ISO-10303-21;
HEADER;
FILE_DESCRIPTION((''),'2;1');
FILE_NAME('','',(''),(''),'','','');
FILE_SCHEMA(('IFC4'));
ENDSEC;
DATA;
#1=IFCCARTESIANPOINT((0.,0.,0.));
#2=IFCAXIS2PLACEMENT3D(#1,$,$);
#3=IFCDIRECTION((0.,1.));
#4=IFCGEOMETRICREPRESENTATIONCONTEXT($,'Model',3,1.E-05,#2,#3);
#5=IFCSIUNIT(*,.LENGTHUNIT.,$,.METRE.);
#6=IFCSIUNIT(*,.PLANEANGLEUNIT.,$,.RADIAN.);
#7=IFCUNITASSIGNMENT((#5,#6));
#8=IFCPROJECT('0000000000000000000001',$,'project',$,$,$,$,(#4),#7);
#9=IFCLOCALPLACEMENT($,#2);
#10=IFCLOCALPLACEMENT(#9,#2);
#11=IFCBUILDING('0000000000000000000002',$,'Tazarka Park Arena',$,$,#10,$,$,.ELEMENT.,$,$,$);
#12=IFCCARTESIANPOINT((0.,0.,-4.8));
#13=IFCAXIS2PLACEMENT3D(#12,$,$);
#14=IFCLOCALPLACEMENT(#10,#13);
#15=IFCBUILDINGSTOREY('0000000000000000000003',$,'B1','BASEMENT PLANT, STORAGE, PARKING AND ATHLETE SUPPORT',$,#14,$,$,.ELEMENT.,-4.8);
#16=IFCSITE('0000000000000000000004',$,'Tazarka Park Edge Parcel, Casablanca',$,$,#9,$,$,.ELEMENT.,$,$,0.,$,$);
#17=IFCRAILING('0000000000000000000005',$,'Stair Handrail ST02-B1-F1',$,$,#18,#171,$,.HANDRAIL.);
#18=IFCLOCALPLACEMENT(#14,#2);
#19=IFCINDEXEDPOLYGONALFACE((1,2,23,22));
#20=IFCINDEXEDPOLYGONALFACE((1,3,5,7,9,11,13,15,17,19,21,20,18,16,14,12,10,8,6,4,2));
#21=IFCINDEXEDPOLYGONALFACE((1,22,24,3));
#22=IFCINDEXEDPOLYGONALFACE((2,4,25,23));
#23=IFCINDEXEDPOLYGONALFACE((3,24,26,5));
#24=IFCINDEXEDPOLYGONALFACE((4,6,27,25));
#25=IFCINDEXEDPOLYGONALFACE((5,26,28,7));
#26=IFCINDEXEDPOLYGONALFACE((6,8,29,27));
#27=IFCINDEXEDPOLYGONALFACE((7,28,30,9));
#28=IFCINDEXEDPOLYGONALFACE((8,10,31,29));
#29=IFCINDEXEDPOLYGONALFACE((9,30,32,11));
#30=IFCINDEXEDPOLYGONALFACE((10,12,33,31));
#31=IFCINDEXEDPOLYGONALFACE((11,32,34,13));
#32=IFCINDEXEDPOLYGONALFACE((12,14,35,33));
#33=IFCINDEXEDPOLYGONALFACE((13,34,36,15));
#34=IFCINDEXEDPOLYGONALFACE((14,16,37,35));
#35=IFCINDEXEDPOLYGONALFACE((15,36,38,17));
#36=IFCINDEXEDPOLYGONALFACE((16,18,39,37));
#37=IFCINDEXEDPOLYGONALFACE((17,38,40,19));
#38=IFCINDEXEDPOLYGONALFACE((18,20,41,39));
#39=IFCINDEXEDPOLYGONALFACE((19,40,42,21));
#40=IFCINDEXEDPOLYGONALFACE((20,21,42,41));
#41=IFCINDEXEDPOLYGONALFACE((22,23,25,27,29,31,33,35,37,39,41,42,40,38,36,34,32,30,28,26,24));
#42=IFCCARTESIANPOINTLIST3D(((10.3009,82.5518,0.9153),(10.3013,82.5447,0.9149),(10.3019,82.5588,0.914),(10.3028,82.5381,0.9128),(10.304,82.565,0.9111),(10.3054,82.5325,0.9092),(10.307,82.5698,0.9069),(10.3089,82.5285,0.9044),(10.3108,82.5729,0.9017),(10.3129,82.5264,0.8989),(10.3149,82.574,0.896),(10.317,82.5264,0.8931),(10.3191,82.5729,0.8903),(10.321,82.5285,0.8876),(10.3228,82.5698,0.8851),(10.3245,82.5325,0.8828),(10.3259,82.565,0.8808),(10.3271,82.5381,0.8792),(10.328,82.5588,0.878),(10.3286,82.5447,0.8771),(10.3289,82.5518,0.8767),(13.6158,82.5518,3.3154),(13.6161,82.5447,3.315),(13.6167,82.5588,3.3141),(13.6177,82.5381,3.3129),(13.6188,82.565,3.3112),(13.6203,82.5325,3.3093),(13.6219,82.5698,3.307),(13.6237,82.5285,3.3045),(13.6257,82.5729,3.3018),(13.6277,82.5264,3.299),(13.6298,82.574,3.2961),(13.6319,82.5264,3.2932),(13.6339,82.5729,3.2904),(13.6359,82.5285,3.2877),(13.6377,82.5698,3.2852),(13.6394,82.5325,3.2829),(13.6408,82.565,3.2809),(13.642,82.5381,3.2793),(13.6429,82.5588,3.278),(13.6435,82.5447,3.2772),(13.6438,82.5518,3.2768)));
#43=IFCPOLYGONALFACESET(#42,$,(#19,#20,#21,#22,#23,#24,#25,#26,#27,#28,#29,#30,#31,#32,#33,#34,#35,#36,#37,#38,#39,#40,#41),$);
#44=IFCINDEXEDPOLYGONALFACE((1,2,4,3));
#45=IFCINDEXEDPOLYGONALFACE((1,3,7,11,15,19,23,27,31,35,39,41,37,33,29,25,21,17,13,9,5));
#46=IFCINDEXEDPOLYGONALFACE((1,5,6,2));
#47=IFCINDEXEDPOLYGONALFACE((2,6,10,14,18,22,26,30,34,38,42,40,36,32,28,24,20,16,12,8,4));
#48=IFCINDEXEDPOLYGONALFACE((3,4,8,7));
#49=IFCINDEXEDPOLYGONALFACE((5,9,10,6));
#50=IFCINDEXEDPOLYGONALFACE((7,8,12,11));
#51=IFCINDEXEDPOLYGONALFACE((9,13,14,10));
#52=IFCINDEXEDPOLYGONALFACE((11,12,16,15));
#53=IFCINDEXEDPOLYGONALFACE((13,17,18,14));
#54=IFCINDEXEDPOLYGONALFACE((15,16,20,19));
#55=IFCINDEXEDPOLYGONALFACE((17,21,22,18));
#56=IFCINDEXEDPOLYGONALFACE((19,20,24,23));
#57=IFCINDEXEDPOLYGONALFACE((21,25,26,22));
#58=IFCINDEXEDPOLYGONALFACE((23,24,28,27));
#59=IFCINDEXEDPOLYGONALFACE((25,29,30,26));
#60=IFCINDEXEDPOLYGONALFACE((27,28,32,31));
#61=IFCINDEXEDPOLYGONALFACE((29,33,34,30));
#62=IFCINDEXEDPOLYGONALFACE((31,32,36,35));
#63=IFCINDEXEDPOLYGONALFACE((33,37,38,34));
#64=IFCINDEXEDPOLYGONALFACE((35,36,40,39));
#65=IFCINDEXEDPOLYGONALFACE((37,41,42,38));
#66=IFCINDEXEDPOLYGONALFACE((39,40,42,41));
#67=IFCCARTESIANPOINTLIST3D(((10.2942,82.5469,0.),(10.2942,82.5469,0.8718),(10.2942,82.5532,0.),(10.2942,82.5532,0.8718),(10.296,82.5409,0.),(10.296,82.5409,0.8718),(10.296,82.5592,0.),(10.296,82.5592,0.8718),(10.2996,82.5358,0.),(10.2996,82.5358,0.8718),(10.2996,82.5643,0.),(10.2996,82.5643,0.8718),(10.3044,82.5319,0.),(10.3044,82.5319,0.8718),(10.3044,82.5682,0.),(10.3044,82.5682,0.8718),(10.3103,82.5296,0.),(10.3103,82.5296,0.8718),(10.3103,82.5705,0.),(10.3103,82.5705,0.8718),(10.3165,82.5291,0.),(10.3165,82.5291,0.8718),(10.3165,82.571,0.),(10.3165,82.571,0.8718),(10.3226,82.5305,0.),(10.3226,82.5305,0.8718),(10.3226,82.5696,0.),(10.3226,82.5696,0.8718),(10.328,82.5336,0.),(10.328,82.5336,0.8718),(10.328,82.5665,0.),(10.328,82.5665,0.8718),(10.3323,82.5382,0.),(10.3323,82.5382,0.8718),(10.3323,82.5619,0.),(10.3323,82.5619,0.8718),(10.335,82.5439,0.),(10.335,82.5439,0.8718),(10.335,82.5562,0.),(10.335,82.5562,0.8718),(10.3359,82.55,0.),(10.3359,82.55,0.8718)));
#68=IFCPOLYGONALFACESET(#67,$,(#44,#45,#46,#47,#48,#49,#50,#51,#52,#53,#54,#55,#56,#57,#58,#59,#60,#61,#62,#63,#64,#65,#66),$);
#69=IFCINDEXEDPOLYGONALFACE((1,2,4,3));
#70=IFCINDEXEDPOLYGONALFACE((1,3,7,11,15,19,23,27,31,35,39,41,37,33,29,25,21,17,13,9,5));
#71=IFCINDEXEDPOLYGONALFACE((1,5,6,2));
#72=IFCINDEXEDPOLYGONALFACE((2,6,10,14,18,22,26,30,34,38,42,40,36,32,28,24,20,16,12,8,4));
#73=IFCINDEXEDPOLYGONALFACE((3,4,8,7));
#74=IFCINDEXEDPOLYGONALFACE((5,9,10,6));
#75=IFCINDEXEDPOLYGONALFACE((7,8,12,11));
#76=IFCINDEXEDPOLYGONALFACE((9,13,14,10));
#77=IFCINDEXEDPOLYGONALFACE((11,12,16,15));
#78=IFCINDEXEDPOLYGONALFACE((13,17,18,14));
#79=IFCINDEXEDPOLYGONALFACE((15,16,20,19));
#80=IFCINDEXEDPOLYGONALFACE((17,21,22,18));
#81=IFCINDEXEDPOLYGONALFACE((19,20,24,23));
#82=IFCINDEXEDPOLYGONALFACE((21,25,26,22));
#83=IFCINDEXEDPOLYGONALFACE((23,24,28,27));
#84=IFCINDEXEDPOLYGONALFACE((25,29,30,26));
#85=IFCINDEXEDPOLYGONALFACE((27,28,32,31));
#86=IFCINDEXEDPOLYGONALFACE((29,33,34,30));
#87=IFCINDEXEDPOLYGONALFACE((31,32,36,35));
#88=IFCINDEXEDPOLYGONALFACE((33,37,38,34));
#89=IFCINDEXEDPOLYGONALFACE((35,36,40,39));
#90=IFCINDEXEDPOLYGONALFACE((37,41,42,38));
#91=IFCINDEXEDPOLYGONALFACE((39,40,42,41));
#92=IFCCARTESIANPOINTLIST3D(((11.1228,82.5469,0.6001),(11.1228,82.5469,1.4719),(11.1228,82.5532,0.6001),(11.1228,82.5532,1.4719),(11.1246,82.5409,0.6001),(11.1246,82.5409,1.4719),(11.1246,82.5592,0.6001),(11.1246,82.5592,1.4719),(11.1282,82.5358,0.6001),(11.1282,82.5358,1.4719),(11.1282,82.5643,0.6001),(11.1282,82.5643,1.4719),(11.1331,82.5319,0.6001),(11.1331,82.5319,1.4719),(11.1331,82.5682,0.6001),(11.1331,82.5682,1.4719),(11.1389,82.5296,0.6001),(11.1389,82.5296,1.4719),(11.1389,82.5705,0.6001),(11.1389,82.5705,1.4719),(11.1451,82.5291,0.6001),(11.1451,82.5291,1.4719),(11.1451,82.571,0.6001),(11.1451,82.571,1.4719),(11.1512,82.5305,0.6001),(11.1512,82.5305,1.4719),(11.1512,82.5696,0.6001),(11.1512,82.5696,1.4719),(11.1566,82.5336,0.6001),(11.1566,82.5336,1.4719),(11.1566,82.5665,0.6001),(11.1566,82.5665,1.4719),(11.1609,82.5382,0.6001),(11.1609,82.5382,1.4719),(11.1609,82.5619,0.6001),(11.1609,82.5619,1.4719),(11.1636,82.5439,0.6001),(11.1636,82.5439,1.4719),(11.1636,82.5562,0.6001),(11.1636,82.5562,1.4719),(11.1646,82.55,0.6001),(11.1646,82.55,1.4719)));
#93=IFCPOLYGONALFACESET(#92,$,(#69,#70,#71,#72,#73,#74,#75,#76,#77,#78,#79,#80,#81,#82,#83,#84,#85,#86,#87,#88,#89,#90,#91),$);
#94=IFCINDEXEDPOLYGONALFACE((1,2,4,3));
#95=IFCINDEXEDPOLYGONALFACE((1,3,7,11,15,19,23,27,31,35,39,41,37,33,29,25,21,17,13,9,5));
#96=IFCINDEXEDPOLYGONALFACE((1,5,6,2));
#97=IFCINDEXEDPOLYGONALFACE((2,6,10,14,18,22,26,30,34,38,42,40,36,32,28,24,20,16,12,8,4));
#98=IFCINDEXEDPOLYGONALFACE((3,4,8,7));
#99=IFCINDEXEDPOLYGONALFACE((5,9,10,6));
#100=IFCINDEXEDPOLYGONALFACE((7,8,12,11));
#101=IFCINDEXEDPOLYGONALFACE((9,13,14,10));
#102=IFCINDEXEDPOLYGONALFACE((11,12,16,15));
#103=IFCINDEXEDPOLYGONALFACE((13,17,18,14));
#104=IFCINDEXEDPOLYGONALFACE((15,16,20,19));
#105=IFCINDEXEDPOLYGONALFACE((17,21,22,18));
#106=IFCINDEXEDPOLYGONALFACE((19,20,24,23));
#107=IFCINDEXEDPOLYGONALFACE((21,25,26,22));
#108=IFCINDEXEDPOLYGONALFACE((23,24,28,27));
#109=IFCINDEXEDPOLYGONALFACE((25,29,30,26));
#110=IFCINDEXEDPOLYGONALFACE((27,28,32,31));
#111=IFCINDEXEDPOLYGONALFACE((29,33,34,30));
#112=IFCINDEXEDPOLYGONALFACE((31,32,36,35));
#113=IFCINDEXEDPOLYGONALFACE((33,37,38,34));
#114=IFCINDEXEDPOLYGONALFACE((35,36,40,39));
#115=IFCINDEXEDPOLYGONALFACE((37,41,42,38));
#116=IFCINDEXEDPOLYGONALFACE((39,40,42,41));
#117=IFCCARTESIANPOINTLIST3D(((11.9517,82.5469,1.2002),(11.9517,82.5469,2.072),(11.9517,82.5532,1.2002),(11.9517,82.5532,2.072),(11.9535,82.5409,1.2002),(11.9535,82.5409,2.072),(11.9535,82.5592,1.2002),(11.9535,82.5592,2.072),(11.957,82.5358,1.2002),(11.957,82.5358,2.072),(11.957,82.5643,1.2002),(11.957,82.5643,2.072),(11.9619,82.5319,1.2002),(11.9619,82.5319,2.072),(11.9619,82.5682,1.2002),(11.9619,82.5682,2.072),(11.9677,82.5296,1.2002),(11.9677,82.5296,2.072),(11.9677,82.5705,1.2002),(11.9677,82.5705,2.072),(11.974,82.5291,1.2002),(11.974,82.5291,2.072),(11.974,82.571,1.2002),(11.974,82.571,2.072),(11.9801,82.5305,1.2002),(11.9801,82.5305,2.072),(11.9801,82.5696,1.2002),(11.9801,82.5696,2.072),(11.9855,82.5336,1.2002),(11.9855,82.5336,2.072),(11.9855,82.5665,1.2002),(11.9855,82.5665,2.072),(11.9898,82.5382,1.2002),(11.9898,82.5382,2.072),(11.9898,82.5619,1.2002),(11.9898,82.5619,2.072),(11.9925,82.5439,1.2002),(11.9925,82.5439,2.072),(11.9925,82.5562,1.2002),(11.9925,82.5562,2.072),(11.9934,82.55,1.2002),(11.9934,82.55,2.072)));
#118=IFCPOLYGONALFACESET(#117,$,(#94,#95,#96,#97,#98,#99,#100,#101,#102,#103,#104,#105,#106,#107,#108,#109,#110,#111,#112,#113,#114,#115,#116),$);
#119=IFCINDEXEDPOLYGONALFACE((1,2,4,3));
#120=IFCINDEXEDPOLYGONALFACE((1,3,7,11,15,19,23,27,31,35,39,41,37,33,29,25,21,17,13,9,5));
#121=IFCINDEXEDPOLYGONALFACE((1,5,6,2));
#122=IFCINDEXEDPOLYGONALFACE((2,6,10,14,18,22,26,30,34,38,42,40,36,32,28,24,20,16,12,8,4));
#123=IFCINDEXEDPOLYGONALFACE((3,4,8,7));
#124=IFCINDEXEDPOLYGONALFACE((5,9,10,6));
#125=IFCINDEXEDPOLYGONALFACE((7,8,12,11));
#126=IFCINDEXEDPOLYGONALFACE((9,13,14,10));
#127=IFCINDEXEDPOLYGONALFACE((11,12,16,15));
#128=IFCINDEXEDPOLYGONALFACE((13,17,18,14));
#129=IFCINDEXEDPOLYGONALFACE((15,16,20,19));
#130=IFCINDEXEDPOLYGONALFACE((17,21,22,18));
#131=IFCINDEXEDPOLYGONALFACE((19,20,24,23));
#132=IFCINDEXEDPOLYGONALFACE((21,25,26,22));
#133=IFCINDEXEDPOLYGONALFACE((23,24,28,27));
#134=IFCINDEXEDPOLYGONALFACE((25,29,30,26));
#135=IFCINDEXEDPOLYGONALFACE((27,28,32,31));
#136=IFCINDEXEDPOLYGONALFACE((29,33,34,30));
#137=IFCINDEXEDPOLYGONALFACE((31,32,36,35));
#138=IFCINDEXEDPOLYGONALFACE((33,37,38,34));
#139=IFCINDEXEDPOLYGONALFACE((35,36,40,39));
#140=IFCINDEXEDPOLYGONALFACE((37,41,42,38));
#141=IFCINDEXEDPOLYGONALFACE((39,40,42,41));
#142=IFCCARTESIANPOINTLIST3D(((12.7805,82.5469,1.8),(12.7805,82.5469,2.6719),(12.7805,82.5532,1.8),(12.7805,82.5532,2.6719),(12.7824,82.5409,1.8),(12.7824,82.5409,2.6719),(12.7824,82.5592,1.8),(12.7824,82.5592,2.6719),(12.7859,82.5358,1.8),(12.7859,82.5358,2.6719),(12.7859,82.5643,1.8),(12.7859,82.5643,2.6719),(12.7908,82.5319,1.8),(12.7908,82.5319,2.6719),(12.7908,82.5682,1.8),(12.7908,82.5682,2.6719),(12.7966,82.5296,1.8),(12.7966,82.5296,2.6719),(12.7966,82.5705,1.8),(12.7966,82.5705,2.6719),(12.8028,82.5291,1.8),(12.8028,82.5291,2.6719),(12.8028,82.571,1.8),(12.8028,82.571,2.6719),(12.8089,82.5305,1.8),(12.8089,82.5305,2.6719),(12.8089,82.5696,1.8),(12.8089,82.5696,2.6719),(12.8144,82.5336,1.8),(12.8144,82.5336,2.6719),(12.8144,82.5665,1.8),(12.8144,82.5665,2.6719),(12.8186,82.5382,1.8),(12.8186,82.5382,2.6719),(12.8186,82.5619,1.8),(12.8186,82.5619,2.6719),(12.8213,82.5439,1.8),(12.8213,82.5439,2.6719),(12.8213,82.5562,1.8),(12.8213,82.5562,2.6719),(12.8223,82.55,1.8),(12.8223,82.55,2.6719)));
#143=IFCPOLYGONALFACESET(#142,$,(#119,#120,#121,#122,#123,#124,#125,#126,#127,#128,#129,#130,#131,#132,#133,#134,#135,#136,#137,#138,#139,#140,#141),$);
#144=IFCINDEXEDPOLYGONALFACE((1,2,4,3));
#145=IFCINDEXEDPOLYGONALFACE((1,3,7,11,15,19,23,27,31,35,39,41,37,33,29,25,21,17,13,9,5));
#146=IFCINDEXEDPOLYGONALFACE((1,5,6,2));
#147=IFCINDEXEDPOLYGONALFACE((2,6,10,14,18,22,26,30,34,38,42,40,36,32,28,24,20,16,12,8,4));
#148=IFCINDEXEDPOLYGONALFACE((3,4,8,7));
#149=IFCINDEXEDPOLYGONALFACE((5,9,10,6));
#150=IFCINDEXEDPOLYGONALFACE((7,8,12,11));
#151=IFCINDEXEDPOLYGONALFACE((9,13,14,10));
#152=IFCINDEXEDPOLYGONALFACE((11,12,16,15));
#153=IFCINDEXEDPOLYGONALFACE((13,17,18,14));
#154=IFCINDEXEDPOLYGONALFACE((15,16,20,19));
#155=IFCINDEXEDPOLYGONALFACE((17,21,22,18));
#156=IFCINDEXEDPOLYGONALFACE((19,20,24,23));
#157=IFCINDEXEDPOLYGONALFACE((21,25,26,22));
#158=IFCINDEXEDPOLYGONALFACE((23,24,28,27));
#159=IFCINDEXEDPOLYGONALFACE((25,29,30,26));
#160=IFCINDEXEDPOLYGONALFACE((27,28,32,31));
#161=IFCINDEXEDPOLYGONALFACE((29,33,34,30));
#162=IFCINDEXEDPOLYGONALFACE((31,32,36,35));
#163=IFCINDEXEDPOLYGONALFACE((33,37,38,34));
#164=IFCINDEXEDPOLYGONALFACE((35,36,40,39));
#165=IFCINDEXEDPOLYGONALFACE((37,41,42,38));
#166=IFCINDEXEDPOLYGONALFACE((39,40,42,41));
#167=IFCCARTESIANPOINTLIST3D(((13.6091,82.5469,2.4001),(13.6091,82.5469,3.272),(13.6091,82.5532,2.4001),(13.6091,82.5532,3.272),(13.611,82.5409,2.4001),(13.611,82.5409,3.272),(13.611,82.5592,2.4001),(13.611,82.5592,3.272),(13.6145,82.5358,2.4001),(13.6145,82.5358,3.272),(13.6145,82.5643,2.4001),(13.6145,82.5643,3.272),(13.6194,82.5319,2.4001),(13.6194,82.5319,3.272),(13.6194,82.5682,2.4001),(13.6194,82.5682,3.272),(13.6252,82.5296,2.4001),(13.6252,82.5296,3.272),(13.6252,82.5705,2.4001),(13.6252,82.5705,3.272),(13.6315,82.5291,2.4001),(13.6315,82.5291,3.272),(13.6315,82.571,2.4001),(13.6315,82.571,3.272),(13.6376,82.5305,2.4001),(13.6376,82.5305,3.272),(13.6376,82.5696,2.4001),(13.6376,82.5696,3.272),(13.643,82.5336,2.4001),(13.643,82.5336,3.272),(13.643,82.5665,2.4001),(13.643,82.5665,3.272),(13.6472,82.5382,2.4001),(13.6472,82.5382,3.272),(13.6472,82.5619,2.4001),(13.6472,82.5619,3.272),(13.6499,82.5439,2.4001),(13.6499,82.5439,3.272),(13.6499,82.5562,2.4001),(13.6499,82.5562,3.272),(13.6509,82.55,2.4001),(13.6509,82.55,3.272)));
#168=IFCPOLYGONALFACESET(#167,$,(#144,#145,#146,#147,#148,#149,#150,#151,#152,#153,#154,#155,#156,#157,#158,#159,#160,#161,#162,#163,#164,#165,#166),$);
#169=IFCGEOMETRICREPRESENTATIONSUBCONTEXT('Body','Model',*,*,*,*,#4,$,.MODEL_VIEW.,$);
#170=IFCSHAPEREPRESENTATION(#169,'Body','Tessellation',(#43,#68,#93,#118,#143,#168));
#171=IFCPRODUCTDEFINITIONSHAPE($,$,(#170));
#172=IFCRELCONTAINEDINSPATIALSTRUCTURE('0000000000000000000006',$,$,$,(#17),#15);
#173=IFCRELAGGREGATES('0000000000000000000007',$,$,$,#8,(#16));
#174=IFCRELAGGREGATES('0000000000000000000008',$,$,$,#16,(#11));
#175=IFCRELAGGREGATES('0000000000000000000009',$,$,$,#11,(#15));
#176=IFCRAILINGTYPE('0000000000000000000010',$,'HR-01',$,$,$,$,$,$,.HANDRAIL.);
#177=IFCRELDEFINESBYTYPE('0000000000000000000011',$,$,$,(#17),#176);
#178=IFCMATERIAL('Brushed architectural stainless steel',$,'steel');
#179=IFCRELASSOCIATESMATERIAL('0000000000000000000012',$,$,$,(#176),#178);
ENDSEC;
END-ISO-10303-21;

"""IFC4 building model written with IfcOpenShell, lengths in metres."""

from ifc_helpers import new_model, si_unit, direction, frame, origin, origin_2d, place, context, subcontext, project, spatial, circle, extrude, material, type_object, element, save


model = new_model("IFC4")

# Units and contexts
model_context = context("Model", 3, precision=1e-05, world=origin(), true_north=direction((0.0, 1.0)))
body_context = subcontext(model_context, "Body", "Model", "MODEL_VIEW")
ifc_project = project(units=[si_unit("LENGTHUNIT", "METRE"), si_unit("PLANEANGLEUNIT", "RADIAN")], contexts=[model_context])

# Site, building, storey
site_placement = place(None, origin())
site = spatial("IfcSite", under=ifc_project, at=site_placement, Name="Tazarka Park Edge Parcel, Casablanca", CompositionType="ELEMENT", RefElevation=0.0)
building_placement = place(site_placement, origin())
building = spatial("IfcBuilding", under=site, at=building_placement, Name="Tazarka Park Arena", CompositionType="ELEMENT")
storey_placement = place(building_placement, frame((0.0, 0.0, -4.8)))
storey = spatial("IfcBuildingStorey", under=building, at=storey_placement, Name="B1", Description="BASEMENT PLANT, STORAGE, PARKING AND ATHLETE SUPPORT", CompositionType="ELEMENT", Elevation=-4.8)

# Railing
ifc_material_1 = material(Name="Brushed architectural stainless steel", Category="steel")
railing_type_1 = type_object("IfcRailingType", Name="HR-01", PredefinedType="HANDRAIL", material=ifc_material_1)
railing_1_placement = place(storey_placement, frame((10.3149, 82.55, 0.0)))
element("IfcRailing", 1, at=railing_1_placement, inside=storey, type_object=railing_type_1, Name="Stair Handrail ST02-B1-F1", PredefinedType="HANDRAIL", context=body_context, shape_type="SweptSolid", body=[
    extrude(circle(Radius=0.0239, at=origin_2d()), frame((0.0, 0.0, 0.896), z_axis=(0.80998, 0.0, 0.586457), x_axis=(0.0, 1.0, 0.0)), (0.0, 0.0, 1.0), 4.0925),
    extrude(circle(Radius=0.021, at=origin_2d()), origin(), (0.0, 0.0, 1.0), 0.8718),
    extrude(circle(Radius=0.021, at=origin_2d()), frame((0.8286, 0.0, 0.6001)), (0.0, 0.0, 1.0), 0.8718),
    extrude(circle(Radius=0.021, at=origin_2d()), frame((1.6575, 0.0, 1.2002)), (0.0, 0.0, 1.0), 0.8718),
    extrude(circle(Radius=0.021, at=origin_2d()), frame((2.4863, 0.0, 1.8)), (0.0, 0.0, 1.0), 0.8718),
    extrude(circle(Radius=0.021, at=origin_2d()), frame((3.3149, 0.0, 2.4001)), (0.0, 0.0, 1.0), 0.8718),
])

save(model, "model.ifc")
